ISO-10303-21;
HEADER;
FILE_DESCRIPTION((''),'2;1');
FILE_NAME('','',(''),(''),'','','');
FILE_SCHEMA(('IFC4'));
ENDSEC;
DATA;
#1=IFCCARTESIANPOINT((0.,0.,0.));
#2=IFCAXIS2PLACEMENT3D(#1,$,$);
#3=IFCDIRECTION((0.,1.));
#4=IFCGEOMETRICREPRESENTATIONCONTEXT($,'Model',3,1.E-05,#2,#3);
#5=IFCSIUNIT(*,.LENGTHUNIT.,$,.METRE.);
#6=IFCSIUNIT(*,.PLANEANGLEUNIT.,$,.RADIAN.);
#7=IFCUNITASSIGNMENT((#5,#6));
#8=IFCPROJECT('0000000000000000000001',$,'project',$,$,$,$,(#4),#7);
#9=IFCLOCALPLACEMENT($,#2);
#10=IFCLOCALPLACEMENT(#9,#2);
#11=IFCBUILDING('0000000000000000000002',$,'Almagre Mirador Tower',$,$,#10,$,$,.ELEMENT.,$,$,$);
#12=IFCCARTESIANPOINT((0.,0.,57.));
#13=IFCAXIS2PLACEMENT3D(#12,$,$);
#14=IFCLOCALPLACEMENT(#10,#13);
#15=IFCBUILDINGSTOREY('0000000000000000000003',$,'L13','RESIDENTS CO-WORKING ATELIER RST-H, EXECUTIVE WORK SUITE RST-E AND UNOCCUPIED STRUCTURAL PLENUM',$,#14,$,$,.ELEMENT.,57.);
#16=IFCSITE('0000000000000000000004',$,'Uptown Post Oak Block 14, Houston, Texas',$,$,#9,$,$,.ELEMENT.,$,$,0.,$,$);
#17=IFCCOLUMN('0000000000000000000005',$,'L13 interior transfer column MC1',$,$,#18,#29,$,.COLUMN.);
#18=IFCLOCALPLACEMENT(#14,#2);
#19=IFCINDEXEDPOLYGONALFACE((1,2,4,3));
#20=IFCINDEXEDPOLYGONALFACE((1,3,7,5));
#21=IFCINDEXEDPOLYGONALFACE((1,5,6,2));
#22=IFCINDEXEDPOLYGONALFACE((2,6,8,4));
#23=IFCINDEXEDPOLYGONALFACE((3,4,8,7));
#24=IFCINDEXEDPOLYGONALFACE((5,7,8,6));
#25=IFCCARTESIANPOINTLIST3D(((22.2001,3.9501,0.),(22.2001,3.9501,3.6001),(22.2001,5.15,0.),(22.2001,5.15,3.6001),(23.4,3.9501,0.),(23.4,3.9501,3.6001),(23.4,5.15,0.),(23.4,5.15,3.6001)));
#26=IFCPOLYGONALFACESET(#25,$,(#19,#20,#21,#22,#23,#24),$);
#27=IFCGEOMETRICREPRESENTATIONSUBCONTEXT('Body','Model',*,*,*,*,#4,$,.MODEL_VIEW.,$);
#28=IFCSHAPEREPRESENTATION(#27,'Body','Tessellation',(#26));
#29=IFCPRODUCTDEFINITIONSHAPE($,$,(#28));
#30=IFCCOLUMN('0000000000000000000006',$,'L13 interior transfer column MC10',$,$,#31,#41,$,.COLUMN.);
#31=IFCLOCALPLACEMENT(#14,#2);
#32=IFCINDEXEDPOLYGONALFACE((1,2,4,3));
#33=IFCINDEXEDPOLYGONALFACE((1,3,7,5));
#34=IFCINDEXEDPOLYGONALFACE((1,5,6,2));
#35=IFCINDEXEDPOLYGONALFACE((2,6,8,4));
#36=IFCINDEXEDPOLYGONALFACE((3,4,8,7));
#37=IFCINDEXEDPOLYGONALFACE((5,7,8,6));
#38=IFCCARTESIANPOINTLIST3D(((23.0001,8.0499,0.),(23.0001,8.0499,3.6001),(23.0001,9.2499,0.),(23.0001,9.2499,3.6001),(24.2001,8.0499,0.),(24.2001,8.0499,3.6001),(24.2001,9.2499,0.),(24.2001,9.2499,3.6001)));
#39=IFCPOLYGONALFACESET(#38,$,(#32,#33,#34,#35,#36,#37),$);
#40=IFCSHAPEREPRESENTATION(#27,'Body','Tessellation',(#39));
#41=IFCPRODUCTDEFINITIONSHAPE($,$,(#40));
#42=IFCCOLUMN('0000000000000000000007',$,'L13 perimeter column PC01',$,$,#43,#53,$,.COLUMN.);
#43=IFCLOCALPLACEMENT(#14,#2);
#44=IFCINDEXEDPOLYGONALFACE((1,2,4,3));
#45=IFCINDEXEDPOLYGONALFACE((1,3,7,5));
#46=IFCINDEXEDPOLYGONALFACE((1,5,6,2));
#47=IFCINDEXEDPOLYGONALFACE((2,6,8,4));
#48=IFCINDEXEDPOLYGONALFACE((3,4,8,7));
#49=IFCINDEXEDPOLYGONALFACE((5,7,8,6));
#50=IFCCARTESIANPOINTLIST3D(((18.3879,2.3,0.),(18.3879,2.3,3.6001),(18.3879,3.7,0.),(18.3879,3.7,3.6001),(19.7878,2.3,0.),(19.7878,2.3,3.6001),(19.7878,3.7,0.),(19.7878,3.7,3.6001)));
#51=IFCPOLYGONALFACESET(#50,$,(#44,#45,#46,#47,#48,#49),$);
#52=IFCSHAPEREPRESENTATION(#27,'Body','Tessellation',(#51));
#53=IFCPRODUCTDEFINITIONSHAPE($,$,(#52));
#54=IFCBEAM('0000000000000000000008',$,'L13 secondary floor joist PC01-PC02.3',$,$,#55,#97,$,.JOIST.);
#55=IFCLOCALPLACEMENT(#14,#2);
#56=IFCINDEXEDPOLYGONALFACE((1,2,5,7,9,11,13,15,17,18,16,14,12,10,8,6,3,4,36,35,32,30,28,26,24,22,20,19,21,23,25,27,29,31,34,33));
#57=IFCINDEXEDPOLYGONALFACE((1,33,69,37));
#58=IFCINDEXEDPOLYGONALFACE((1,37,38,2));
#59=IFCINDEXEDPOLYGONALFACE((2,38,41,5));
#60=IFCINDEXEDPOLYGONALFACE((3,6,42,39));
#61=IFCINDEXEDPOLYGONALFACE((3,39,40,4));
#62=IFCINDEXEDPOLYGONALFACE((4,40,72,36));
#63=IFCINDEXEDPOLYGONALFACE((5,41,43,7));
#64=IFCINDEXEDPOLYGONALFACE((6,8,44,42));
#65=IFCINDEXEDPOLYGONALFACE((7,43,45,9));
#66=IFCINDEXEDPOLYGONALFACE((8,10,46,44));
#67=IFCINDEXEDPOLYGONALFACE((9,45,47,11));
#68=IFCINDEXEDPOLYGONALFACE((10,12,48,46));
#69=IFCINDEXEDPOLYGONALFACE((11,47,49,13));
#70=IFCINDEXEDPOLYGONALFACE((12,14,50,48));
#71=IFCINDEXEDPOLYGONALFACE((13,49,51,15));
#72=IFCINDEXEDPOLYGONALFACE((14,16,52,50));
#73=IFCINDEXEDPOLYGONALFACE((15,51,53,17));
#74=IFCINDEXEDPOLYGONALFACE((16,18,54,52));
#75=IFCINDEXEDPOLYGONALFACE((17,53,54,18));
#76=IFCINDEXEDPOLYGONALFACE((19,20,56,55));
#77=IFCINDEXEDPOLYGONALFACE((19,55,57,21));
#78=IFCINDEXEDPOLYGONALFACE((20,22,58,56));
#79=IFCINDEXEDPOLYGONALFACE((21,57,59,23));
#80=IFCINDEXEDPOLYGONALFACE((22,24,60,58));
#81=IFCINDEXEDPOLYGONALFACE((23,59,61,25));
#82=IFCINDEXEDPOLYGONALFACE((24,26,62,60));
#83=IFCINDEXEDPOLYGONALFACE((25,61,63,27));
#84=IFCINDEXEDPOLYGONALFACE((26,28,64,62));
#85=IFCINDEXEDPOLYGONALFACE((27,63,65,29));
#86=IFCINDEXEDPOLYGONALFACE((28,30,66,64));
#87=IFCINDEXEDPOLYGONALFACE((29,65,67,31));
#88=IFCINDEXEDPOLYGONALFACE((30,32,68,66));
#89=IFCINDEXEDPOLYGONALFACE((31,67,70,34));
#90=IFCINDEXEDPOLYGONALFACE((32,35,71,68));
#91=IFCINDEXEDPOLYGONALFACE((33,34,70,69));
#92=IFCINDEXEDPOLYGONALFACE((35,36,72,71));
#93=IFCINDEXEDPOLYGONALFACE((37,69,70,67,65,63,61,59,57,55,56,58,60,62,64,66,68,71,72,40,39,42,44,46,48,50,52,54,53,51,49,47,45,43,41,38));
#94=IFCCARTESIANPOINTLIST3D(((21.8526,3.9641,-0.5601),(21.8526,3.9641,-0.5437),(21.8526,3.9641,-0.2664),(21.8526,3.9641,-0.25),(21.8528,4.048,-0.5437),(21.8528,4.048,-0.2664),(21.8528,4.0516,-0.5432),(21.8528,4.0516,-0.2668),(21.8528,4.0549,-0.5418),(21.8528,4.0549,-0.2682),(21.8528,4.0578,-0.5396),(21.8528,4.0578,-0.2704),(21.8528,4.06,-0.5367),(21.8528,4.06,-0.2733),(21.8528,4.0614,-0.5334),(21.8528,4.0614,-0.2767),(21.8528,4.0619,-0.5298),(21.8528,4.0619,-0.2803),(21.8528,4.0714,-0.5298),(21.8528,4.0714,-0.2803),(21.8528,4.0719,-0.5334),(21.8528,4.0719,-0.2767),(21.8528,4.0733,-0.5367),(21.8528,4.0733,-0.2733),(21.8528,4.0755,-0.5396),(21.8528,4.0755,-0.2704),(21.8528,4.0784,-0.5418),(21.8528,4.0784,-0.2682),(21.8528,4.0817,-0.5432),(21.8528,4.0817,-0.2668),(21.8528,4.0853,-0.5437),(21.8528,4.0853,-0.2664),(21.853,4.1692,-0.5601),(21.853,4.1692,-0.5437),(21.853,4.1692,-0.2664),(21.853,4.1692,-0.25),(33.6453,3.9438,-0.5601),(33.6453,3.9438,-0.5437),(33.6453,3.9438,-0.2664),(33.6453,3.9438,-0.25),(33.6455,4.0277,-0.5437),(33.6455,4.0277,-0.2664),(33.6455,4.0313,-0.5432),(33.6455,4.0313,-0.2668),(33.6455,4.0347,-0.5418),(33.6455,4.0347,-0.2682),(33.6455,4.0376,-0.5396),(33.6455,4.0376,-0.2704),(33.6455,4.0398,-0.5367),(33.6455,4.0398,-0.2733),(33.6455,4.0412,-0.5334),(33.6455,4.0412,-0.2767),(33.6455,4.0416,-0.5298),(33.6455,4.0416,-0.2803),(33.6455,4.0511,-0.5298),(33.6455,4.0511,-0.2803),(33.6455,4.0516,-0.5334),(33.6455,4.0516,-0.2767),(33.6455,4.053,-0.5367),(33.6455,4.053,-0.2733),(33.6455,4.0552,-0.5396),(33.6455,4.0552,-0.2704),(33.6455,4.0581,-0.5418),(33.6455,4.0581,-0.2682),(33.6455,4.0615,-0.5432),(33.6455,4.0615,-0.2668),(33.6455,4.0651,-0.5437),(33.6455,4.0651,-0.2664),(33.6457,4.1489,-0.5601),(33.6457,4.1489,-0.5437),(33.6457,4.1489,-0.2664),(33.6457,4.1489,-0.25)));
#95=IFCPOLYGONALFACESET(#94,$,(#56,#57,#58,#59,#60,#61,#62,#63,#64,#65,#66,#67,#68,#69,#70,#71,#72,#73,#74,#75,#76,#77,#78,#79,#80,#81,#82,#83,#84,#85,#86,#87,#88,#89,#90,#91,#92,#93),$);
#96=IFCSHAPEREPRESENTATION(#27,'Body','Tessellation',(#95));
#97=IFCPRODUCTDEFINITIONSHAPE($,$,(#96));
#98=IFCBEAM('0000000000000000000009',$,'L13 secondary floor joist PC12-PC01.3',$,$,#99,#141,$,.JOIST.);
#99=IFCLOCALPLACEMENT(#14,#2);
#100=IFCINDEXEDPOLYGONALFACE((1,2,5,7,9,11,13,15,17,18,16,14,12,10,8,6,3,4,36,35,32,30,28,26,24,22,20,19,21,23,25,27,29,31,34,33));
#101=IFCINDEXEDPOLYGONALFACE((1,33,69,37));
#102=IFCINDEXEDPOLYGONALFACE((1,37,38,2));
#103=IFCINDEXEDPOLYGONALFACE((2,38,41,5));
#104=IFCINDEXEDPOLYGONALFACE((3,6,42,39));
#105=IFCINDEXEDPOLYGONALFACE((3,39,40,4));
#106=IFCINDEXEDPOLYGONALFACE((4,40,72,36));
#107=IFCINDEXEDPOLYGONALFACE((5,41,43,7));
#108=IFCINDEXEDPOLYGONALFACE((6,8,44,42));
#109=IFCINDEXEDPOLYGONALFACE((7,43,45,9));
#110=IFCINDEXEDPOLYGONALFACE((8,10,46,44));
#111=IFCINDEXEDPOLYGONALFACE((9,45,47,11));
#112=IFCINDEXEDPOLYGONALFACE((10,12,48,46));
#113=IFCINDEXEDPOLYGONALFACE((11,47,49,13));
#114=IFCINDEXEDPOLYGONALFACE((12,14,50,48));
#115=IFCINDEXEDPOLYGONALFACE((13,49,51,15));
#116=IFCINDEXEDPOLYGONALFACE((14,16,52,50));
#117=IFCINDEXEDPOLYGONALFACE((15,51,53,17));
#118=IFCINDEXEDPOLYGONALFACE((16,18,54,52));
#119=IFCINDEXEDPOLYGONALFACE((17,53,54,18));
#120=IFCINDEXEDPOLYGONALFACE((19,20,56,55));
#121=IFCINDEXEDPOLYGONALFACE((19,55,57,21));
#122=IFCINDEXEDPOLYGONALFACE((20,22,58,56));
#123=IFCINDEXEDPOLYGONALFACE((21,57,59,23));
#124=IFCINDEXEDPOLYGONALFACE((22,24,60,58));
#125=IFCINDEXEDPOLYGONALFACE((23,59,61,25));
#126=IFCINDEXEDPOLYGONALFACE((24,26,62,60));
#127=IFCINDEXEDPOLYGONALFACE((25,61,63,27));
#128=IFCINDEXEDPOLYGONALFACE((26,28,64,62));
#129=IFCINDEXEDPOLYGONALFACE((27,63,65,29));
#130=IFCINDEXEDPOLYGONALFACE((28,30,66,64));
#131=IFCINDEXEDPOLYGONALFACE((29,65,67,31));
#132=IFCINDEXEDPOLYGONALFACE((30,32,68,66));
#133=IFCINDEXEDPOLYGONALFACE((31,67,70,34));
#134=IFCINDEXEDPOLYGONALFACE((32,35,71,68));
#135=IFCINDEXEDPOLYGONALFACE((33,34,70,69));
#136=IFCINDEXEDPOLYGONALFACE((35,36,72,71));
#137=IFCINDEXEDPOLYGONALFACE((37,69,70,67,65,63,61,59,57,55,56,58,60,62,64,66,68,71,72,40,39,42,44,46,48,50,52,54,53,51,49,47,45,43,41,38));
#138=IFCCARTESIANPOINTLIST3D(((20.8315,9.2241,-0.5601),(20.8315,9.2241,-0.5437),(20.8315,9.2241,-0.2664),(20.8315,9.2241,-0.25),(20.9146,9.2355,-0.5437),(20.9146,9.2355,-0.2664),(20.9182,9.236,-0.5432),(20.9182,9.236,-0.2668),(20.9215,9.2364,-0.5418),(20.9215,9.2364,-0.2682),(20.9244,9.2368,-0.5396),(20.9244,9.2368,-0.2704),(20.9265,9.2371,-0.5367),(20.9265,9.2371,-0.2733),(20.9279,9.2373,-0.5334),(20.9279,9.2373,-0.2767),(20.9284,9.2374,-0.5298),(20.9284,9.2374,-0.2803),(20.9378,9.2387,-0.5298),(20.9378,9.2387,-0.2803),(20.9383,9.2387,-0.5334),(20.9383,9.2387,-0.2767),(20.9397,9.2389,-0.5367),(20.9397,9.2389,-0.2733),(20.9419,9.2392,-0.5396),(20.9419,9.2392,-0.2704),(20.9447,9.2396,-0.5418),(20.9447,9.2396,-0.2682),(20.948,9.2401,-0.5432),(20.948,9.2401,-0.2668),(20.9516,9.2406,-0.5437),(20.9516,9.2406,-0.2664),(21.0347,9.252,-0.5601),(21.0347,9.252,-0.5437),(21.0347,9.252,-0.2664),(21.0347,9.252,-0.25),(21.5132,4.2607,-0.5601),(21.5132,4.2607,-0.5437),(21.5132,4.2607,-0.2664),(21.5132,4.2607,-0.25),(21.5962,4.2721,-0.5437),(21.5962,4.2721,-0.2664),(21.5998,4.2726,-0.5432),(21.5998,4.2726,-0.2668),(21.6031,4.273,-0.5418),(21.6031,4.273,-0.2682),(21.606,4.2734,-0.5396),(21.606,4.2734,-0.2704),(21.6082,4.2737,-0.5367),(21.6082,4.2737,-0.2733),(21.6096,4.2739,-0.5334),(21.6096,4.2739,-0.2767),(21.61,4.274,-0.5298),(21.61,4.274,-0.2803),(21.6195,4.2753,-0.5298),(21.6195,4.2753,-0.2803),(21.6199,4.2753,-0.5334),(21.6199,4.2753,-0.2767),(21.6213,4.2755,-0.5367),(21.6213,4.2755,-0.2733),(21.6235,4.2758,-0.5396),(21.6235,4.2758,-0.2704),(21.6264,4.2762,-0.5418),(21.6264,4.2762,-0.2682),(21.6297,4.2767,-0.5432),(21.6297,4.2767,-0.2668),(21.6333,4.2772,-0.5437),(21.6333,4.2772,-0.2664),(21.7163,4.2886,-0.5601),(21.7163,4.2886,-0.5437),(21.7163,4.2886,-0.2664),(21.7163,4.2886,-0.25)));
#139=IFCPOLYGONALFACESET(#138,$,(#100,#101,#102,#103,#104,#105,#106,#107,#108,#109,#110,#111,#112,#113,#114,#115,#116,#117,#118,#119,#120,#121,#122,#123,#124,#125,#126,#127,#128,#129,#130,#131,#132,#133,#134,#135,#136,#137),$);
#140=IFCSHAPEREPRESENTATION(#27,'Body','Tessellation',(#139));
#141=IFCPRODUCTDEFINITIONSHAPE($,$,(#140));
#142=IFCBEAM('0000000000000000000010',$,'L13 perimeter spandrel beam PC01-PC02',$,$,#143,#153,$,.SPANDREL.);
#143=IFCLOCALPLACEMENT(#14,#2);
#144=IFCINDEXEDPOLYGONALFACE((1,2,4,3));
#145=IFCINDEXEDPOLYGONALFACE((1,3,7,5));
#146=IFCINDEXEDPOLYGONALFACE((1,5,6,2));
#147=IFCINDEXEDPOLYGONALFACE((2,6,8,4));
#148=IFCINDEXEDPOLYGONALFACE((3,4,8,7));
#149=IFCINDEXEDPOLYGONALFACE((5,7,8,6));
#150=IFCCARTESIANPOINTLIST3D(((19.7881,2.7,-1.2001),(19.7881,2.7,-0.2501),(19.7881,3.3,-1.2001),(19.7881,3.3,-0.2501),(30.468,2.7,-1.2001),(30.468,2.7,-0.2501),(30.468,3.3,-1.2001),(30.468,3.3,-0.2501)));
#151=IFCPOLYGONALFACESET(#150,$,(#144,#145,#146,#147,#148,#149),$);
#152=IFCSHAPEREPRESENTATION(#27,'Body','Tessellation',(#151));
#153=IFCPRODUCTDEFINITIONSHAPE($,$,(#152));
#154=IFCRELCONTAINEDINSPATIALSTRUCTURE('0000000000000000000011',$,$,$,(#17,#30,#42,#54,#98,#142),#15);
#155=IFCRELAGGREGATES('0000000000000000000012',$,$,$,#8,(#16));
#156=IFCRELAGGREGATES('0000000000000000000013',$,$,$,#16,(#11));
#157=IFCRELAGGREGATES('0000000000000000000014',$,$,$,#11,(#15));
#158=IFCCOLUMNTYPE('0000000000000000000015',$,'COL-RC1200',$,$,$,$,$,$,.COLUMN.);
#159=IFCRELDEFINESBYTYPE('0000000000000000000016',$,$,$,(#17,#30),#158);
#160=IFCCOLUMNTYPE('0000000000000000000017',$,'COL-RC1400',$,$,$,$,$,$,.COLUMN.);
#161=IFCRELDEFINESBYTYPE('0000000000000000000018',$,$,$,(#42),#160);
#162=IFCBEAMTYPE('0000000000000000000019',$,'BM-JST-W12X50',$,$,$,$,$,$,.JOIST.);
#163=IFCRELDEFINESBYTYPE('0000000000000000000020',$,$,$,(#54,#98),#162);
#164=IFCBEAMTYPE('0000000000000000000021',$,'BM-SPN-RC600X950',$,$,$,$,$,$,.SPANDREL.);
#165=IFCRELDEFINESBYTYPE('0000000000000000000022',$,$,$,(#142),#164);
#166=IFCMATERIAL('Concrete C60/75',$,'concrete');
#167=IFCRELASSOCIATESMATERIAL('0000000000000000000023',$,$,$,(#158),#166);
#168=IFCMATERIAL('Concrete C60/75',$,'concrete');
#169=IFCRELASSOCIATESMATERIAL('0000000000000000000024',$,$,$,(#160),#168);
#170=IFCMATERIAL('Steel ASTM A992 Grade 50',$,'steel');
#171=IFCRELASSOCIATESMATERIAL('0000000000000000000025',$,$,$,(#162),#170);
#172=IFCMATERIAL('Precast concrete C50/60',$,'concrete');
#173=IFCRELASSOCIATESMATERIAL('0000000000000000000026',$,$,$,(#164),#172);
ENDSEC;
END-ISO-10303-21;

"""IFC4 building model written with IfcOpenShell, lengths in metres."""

from ifc_helpers import new_model, si_unit, direction, frame, origin, origin_2d, place, context, subcontext, project, spatial, rectangle, i_section, extrude, material, material_profile, profile_set, type_object, element, save


model = new_model("IFC4")

# Units and contexts
model_context = context("Model", 3, precision=1e-05, world=origin(), true_north=direction((0.0, 1.0)))
body_context = subcontext(model_context, "Body", "Model", "MODEL_VIEW")
ifc_project = project(units=[si_unit("LENGTHUNIT", "METRE"), si_unit("PLANEANGLEUNIT", "RADIAN")], contexts=[model_context])

# Site, building, storey
site_placement = place(None, origin())
site = spatial("IfcSite", under=ifc_project, at=site_placement, Name="Uptown Post Oak Block 14, Houston, Texas", CompositionType="ELEMENT", RefElevation=0.0)
building_placement = place(site_placement, origin())
building = spatial("IfcBuilding", under=site, at=building_placement, Name="Almagre Mirador Tower", CompositionType="ELEMENT")
storey_placement = place(building_placement, frame((0.0, 0.0, 57.0)))
storey = spatial("IfcBuildingStorey", under=building, at=storey_placement, Name="L13", Description="RESIDENTS CO-WORKING ATELIER RST-H, EXECUTIVE WORK SUITE RST-E AND UNOCCUPIED STRUCTURAL PLENUM", CompositionType="ELEMENT", Elevation=57.0)

# Columns
ifc_material_1 = material(Name="Concrete C60/75", Category="concrete")
ifc_material_profile_1 = material_profile(ifc_material_1, rectangle(XDim=1.2, YDim=1.2, at=origin_2d()), Name="RC1200X1200")
ifc_profile_set_1 = profile_set([ifc_material_profile_1], Name="Concrete C60/75")
column_type_1 = type_object("IfcColumnType", Name="COL-RC1200", PredefinedType="COLUMN", material=ifc_profile_set_1)
for number, where, z_axis, x_axis, name in (
    (1, (22.8, 4.55, 0.0), (0.0, 0.0, 1.0), (1.0, 0.0, 0.0), "L13 interior transfer column MC1"),
    (2, (23.6001, 8.6499, 0.0), (0.0, 0.0, 1.0), (1.0, 0.0, 0.0), "L13 interior transfer column MC10"),
):
    element("IfcColumn", number, at=place(storey_placement, frame(where, z_axis=z_axis, x_axis=x_axis)), inside=storey, type_object=column_type_1, Name=name, PredefinedType="COLUMN", context=body_context, shape_type="SweptSolid", body=[
        extrude(rectangle(XDim=1.2, YDim=1.2, at=origin_2d()), origin(), (0.0, 0.0, 1.0), 3.6001),
    ])
ifc_material_2 = material(Name="Concrete C60/75", Category="concrete")
ifc_material_profile_2 = material_profile(ifc_material_2, rectangle(XDim=1.3999, YDim=1.3999, at=origin_2d()), Name="RC1400X1400")
ifc_profile_set_2 = profile_set([ifc_material_profile_2], Name="Concrete C60/75")
column_type_2 = type_object("IfcColumnType", Name="COL-RC1400", PredefinedType="COLUMN", material=ifc_profile_set_2)
column_placement = place(storey_placement, frame((19.0879, 3.0, 0.0), z_axis=(0.0, 0.0, 1.0), x_axis=(1.0, 0.0, 0.0)))
element("IfcColumn", 3, at=column_placement, inside=storey, type_object=column_type_2, Name="L13 perimeter column PC01", PredefinedType="COLUMN", context=body_context, shape_type="SweptSolid", body=[
    extrude(rectangle(XDim=1.3999, YDim=1.3999, at=origin_2d()), origin(), (0.0, 0.0, 1.0), 3.6001),
])

# Beams
ifc_material_3 = material(Name="Steel ASTM A992 Grade 50", Category="steel")
ifc_material_profile_3 = material_profile(ifc_material_3, i_section(OverallWidth=0.2051, OverallDepth=0.3101, WebThickness=0.0095, FlangeThickness=0.0164, FilletRadius=0.0139, at=origin_2d()), Name="W12X50")
ifc_profile_set_3 = profile_set([ifc_material_profile_3], Name="Steel ASTM A992 Grade 50")
beam_type_1 = type_object("IfcBeamType", Name="BM-JST-W12X50", PredefinedType="JOIST", material=ifc_profile_set_3)
beam_1_placement = place(storey_placement, frame((21.8528, 4.0667, -0.405), z_axis=(0.999999, -0.001718, 0.0), x_axis=(0.001718, 0.999999, 0.0)))
element("IfcBeam", 4, at=beam_1_placement, inside=storey, type_object=beam_type_1, Name="L13 secondary floor joist PC01-PC02.3", PredefinedType="JOIST", context=body_context, shape_type="SweptSolid", body=[
    extrude(i_section(OverallWidth=0.2051, OverallDepth=0.3101, WebThickness=0.0095, FlangeThickness=0.0164, FilletRadius=0.0139, at=origin_2d()), origin(), (0.0, 0.0, 1.0), 11.7927),
])
beam_2_placement = place(storey_placement, frame((20.9331, 9.238, -0.405), z_axis=(0.136057, -0.990701, 0.0), x_axis=(0.990701, 0.136057, 0.0)))
element("IfcBeam", 5, at=beam_2_placement, inside=storey, type_object=beam_type_1, Name="L13 secondary floor joist PC12-PC01.3", PredefinedType="JOIST", context=body_context, shape_type="SweptSolid", body=[
    extrude(i_section(OverallWidth=0.2051, OverallDepth=0.3101, WebThickness=0.0095, FlangeThickness=0.0164, FilletRadius=0.0139, at=origin_2d()), origin(), (0.0, 0.0, 1.0), 5.01),
])
ifc_material_4 = material(Name="Precast concrete C50/60", Category="concrete")
ifc_material_profile_4 = material_profile(ifc_material_4, rectangle(XDim=0.6001, YDim=0.95, at=origin_2d()), Name="RC600X950")
ifc_profile_set_4 = profile_set([ifc_material_profile_4], Name="Precast concrete C50/60")
beam_type_2 = type_object("IfcBeamType", Name="BM-SPN-RC600X950", PredefinedType="SPANDREL", material=ifc_profile_set_4)
beam_3_placement = place(storey_placement, frame((19.7881, 3.0, -0.7251), z_axis=(1.0, 0.0, 0.0), x_axis=(0.0, 1.0, 0.0)))
element("IfcBeam", 6, at=beam_3_placement, inside=storey, type_object=beam_type_2, Name="L13 perimeter spandrel beam PC01-PC02", PredefinedType="SPANDREL", context=body_context, shape_type="SweptSolid", body=[
    extrude(rectangle(XDim=0.6001, YDim=0.95, at=origin_2d()), origin(), (0.0, 0.0, 1.0), 10.6799),
])

save(model, "model.ifc")
